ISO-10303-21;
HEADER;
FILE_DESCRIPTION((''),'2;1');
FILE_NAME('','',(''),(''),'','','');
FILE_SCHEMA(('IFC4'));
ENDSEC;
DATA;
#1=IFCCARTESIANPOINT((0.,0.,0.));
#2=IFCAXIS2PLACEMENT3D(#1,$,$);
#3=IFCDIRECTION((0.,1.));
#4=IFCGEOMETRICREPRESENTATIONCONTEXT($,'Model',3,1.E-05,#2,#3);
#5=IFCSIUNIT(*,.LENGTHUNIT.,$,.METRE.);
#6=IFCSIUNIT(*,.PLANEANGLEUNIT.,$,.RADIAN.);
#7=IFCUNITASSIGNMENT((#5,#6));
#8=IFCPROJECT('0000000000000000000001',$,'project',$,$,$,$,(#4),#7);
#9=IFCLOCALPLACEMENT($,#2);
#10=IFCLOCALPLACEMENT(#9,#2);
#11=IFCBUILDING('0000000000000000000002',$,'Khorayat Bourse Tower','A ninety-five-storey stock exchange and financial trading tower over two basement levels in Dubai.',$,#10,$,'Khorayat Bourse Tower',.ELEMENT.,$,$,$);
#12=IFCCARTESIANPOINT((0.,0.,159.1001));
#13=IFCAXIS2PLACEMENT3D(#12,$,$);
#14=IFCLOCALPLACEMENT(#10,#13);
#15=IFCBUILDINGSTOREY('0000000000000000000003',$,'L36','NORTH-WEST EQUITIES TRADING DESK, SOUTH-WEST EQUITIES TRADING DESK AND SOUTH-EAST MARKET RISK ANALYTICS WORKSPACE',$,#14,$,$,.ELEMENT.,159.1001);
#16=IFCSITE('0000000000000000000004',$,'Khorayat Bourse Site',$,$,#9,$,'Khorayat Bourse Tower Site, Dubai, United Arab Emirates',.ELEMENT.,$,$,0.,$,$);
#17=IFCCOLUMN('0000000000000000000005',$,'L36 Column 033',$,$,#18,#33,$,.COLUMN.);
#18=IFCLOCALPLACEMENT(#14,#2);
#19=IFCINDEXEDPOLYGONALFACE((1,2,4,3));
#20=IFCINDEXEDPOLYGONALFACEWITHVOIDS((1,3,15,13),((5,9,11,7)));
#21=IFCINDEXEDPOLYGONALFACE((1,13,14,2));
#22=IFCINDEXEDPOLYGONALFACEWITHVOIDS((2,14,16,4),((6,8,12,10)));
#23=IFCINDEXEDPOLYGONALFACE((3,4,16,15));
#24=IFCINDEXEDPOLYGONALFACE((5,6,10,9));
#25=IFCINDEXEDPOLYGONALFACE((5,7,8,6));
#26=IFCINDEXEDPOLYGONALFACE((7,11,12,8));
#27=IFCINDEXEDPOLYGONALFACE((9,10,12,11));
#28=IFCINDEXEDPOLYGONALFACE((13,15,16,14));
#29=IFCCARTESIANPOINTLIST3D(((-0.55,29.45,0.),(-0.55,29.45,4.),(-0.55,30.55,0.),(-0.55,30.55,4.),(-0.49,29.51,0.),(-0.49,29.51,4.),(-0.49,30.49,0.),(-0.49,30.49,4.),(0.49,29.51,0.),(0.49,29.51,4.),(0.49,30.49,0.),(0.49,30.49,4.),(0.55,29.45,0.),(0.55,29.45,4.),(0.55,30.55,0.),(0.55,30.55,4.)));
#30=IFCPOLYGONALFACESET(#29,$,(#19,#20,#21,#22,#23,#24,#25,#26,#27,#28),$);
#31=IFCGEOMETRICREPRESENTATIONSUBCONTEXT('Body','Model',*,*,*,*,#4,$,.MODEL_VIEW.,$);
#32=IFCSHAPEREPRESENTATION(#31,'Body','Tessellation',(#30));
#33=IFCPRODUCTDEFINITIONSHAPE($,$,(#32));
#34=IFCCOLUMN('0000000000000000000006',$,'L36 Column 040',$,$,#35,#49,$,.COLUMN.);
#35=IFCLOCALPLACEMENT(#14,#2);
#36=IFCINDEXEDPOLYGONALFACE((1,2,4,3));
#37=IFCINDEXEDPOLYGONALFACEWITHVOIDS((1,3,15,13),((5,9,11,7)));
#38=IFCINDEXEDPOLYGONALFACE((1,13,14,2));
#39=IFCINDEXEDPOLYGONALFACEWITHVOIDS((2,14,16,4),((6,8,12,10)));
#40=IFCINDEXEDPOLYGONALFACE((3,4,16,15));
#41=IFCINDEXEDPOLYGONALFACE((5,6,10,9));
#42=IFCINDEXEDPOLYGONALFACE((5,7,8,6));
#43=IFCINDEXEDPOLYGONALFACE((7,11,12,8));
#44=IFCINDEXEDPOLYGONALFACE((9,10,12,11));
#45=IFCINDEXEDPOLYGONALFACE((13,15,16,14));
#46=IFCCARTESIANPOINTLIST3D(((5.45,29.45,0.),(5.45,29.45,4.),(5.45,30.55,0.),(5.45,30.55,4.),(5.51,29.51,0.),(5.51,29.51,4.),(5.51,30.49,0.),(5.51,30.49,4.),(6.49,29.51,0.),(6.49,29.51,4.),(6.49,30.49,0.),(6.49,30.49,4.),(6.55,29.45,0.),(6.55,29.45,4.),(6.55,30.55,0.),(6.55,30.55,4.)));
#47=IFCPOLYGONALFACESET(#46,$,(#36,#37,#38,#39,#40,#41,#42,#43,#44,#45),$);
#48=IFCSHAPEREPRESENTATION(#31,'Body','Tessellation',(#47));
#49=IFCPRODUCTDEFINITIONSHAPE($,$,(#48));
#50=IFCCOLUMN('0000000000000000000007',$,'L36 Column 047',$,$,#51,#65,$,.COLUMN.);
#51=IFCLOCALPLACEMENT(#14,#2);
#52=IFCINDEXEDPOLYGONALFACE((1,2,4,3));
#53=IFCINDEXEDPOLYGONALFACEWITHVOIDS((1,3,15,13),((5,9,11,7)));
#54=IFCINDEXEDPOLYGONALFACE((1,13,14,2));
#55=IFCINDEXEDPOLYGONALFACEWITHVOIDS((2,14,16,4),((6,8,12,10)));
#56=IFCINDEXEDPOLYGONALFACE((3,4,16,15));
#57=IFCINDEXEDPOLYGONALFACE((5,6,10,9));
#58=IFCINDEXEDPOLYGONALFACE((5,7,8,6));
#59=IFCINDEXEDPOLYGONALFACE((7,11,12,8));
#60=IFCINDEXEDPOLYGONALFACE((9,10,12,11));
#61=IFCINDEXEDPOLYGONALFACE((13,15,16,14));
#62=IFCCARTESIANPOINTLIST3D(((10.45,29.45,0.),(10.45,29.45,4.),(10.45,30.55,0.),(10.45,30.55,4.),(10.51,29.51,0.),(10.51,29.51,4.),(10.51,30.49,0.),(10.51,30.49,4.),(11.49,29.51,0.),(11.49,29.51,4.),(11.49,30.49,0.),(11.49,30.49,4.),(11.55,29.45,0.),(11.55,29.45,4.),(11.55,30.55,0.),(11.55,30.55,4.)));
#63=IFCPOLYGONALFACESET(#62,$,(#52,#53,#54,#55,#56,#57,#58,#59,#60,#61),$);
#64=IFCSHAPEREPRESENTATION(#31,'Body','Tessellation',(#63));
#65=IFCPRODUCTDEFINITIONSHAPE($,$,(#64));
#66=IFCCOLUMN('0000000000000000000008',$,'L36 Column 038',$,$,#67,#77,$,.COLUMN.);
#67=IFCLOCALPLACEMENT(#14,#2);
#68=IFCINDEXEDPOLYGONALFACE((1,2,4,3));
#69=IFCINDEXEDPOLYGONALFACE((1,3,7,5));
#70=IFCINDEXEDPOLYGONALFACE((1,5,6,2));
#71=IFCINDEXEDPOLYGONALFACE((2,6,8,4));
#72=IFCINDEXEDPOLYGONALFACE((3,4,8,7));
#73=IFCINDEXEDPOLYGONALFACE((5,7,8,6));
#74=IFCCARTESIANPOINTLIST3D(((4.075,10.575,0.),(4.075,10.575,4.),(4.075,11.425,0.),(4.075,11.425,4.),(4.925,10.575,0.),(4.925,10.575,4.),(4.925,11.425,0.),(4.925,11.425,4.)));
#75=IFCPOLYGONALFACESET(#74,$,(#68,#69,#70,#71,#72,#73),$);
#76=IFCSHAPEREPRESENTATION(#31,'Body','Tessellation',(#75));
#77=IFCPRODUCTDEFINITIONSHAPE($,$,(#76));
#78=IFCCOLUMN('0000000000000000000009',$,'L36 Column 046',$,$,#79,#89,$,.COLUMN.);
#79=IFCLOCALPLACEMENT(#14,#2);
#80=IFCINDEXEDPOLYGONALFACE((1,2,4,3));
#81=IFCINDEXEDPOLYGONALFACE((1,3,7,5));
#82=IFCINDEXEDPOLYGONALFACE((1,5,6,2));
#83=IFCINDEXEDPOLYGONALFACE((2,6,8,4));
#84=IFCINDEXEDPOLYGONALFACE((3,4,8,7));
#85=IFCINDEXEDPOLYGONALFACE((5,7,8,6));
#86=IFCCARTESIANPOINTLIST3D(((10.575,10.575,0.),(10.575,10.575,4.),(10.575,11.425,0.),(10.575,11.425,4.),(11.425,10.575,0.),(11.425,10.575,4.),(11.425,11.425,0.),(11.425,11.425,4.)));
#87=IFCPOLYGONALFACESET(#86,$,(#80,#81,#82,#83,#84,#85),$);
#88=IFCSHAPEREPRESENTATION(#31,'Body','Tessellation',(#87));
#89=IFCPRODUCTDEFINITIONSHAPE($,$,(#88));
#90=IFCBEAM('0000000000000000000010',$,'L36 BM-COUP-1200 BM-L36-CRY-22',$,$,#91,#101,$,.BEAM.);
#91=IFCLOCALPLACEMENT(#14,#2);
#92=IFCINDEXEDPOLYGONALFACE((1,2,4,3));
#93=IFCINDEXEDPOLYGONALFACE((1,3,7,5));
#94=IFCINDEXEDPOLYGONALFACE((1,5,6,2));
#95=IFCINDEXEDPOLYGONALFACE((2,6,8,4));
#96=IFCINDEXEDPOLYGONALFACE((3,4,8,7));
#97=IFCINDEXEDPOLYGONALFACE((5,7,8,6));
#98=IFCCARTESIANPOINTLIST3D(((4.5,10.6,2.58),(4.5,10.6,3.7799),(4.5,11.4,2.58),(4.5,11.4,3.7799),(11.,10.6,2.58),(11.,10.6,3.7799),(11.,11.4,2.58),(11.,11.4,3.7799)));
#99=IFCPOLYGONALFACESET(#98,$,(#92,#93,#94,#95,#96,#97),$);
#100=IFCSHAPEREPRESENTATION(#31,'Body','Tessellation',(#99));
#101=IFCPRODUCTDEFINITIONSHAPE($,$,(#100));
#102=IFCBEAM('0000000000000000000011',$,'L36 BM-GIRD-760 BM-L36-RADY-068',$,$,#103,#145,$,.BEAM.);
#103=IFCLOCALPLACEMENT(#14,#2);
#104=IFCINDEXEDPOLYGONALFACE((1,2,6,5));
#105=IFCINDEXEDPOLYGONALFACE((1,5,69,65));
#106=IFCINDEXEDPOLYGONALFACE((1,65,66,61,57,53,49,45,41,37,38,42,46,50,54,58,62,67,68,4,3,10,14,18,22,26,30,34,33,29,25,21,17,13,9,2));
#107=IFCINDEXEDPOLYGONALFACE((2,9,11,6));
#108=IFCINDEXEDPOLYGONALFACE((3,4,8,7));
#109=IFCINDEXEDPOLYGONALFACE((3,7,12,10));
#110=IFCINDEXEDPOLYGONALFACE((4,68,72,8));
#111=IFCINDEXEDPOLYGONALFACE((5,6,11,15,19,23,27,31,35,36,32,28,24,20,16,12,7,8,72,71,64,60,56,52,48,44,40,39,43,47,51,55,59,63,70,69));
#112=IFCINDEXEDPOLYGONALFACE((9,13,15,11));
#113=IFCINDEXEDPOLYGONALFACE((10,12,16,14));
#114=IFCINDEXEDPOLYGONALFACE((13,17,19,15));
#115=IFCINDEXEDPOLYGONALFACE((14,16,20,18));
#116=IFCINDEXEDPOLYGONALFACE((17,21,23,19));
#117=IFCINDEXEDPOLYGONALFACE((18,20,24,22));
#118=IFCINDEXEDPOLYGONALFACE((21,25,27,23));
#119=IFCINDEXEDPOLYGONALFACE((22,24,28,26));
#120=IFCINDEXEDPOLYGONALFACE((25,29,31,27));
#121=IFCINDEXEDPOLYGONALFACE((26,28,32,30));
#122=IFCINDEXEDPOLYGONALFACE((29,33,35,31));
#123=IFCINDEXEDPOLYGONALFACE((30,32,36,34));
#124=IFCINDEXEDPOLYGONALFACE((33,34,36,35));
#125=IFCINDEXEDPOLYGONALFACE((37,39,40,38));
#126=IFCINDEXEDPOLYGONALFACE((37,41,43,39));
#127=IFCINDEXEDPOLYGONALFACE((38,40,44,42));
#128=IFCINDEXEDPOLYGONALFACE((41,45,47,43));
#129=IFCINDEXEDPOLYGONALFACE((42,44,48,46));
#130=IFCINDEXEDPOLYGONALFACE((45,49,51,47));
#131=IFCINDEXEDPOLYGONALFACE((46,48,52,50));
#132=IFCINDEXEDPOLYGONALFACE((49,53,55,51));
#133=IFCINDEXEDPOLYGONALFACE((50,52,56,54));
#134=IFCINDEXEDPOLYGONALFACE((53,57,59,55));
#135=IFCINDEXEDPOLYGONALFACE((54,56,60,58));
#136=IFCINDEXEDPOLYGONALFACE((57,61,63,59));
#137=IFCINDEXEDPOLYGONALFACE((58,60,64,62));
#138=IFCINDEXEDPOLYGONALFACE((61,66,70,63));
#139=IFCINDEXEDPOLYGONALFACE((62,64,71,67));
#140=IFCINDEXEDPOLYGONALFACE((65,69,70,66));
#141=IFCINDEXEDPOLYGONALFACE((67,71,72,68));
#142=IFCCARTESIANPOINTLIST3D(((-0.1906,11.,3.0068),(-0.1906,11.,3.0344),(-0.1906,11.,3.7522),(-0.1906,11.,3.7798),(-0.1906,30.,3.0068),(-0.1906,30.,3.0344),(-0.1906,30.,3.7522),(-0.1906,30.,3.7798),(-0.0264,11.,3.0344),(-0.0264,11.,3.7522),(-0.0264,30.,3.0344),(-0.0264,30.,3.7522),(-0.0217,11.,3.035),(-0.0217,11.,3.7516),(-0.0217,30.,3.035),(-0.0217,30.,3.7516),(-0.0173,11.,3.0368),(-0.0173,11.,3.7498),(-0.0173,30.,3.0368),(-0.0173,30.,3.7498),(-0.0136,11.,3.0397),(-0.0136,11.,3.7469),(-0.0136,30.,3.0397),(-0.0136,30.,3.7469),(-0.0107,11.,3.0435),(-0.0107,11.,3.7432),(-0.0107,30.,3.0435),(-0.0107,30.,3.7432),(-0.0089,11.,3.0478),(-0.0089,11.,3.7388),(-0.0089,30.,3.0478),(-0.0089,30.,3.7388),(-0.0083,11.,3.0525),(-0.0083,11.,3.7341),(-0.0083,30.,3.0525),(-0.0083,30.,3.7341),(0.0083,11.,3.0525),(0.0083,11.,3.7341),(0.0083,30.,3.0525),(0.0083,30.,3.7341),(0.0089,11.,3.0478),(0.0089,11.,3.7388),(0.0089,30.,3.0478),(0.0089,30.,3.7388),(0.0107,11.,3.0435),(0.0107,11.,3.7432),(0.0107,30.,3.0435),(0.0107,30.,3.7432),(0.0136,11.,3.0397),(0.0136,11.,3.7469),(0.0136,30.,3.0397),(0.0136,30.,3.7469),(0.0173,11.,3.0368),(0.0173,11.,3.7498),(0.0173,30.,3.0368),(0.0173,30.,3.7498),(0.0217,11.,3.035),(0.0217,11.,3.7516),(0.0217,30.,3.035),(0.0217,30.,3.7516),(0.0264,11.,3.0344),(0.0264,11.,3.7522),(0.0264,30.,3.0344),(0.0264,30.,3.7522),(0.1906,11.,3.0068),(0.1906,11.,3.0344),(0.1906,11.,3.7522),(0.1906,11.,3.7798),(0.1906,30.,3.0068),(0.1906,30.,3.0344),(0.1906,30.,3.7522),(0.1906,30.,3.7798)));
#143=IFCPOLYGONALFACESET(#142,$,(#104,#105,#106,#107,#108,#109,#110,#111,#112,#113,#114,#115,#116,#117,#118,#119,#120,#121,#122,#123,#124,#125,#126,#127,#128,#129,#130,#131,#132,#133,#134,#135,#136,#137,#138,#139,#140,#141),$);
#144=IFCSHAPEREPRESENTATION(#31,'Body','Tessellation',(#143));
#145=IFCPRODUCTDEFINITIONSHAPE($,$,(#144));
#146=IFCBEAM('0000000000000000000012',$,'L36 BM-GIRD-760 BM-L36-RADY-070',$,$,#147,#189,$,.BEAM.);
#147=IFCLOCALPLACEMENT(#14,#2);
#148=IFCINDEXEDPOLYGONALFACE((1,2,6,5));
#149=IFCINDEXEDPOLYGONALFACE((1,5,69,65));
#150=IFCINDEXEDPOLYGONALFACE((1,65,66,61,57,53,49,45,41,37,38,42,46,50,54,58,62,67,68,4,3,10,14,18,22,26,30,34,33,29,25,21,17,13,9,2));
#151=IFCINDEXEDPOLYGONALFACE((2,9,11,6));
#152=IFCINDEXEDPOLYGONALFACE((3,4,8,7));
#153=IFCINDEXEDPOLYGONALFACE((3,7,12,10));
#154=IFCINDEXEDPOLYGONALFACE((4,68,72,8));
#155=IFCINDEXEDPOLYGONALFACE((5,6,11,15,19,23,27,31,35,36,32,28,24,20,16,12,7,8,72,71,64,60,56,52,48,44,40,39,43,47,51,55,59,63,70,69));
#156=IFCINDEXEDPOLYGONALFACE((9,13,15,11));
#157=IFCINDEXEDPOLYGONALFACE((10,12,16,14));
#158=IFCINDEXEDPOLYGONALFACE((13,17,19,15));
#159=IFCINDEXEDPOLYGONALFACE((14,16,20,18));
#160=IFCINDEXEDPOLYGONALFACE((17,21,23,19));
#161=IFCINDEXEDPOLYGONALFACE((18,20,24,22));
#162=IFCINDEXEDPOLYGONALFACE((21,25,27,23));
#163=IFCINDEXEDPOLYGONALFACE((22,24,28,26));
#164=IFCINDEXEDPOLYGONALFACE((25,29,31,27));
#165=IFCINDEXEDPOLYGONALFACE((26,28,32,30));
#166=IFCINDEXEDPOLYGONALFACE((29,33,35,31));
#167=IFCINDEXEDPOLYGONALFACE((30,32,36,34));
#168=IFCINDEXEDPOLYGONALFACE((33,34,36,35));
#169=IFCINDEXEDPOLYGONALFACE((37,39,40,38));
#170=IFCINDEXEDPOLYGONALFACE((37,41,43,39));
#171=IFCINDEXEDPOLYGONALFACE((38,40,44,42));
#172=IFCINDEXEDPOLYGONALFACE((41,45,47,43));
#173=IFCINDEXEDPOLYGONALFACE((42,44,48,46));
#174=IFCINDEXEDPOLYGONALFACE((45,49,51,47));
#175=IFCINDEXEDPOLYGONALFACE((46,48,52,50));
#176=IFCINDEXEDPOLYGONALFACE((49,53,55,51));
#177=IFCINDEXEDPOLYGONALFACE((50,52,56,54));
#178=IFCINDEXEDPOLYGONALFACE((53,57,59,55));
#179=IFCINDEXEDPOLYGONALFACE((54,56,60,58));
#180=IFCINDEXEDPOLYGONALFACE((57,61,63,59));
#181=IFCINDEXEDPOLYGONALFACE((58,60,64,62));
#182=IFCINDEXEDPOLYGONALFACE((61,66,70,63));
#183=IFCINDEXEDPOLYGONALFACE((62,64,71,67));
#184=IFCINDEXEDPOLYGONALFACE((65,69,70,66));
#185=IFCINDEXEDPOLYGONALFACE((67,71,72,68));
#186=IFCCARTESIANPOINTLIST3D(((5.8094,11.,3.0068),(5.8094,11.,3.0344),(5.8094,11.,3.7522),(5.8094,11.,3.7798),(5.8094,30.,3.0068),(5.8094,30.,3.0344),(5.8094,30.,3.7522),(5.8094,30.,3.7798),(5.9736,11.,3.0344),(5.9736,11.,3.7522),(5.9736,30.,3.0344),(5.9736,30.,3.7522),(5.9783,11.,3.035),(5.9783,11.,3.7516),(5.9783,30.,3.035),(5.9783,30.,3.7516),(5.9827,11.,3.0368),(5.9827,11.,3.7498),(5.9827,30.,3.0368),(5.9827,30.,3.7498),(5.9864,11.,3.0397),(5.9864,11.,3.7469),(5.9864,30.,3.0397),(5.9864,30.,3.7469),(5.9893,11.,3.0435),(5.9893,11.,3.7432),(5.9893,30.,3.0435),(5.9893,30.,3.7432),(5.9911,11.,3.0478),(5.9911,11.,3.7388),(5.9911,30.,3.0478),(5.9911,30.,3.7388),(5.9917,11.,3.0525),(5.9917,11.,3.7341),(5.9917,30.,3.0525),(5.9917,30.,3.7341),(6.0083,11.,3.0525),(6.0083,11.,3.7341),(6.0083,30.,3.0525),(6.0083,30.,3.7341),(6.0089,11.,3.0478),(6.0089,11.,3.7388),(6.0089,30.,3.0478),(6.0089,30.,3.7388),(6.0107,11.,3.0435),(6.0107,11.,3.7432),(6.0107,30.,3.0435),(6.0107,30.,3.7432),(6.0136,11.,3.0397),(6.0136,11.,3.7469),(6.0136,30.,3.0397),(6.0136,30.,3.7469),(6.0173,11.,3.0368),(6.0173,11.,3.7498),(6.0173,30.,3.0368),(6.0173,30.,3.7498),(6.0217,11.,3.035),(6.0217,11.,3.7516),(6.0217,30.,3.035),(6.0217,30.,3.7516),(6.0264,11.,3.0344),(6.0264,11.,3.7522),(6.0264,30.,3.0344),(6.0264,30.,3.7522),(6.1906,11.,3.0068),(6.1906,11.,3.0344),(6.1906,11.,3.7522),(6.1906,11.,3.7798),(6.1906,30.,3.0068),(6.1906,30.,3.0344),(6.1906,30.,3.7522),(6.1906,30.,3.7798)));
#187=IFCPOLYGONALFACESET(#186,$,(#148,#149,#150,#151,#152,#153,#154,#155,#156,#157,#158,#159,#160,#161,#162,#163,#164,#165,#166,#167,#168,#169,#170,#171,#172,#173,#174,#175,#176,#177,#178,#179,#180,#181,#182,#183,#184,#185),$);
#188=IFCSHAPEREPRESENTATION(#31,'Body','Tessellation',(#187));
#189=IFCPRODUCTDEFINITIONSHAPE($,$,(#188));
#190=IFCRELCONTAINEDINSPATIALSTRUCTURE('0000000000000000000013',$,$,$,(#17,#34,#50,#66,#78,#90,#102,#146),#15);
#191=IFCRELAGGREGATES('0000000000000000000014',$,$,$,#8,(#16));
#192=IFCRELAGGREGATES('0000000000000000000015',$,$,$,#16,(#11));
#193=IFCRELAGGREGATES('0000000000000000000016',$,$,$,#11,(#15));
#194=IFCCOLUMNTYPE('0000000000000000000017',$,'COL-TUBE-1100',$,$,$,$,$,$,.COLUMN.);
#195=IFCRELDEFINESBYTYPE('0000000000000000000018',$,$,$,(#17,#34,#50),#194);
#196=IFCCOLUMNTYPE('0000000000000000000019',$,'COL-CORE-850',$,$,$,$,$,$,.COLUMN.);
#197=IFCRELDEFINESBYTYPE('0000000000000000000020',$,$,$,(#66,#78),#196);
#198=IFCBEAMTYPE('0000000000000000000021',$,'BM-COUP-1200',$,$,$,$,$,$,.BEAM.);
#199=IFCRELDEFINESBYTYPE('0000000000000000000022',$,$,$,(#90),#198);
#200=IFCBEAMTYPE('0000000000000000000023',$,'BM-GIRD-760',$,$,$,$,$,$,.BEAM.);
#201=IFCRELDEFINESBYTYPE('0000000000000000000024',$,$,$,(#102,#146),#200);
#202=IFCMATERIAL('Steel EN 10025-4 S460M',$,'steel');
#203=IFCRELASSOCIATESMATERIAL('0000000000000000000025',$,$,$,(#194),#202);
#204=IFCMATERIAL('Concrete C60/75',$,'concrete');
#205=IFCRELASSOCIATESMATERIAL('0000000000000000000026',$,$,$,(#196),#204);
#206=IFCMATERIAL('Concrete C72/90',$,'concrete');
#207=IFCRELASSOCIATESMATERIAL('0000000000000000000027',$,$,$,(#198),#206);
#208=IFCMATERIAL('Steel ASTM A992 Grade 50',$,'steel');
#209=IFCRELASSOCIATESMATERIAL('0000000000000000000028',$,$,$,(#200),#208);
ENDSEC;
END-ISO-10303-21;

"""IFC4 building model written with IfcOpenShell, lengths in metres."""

from ifc_helpers import new_model, si_unit, direction, frame, origin, origin_2d, place, context, subcontext, project, spatial, rectangle, hollow_rectangle, i_section, extrude, source, transform, mapped, material, material_profile, profile_set, type_object, element, save


model = new_model("IFC4")

# Units and contexts
model_context = context("Model", 3, precision=1e-05, world=origin(), true_north=direction((0.0, 1.0)))
body_context = subcontext(model_context, "Body", "Model", "MODEL_VIEW")
ifc_project = project(units=[si_unit("LENGTHUNIT", "METRE"), si_unit("PLANEANGLEUNIT", "RADIAN")], contexts=[model_context])

# Site, building, storey
site_placement = place(None, origin())
site = spatial("IfcSite", under=ifc_project, at=site_placement, Name="Khorayat Bourse Site", LongName="Khorayat Bourse Tower Site, Dubai, United Arab Emirates", CompositionType="ELEMENT", RefElevation=0.0)
building_placement = place(site_placement, origin())
building = spatial("IfcBuilding", under=site, at=building_placement, Name="Khorayat Bourse Tower", Description="A ninety-five-storey stock exchange and financial trading tower over two basement levels in Dubai.", LongName="Khorayat Bourse Tower", CompositionType="ELEMENT")
storey_placement = place(building_placement, frame((0.0, 0.0, 159.1001)))
storey = spatial("IfcBuildingStorey", under=building, at=storey_placement, Name="L36", Description="NORTH-WEST EQUITIES TRADING DESK, SOUTH-WEST EQUITIES TRADING DESK AND SOUTH-EAST MARKET RISK ANALYTICS WORKSPACE", CompositionType="ELEMENT", Elevation=159.1001)

# Columns
ifc_material_1 = material(Name="Steel EN 10025-4 S460M", Category="steel")
ifc_material_profile_1 = material_profile(ifc_material_1, hollow_rectangle(XDim=1.1001, YDim=1.1001, WallThickness=0.0601, at=origin_2d()), Name="BOX 1100x1100x60")
ifc_profile_set_1 = profile_set([ifc_material_profile_1], Name="Steel EN 10025-4 S460M")
column_type_1 = type_object("IfcColumnType", Name="COL-TUBE-1100", PredefinedType="COLUMN", material=ifc_profile_set_1)
shared_shape_1 = source(origin(), body_context, "Body", "SweptSolid", [
    extrude(hollow_rectangle(XDim=1.1001, YDim=1.1001, WallThickness=0.0601, at=origin_2d()), origin(), (0.0, 0.0, 1.0), 4.0),
])
for number, where, z_axis, x_axis, name in (
    (1, (0.0, 30.0, 0.0), (0.0, 0.0, 1.0), (1.0, 0.0, 0.0), "L36 Column 033"),
    (2, (6.0, 30.0, 0.0), (0.0, 0.0, 1.0), (1.0, 0.0, 0.0), "L36 Column 040"),
    (3, (11.0, 30.0, 0.0), (0.0, 0.0, 1.0), (1.0, 0.0, 0.0), "L36 Column 047"),
):
    element("IfcColumn", number, at=place(storey_placement, frame(where, z_axis=z_axis, x_axis=x_axis)), inside=storey, type_object=column_type_1, Name=name, PredefinedType="COLUMN", context=body_context, shape_type="MappedRepresentation", body=[
        mapped(shared_shape_1, transform((0.0, 0.0, 0.0), scale=1.0)),
    ])
ifc_material_2 = material(Name="Concrete C60/75", Category="concrete")
ifc_material_profile_2 = material_profile(ifc_material_2, rectangle(XDim=0.8501, YDim=0.8501, at=origin_2d()), Name="RC 850x850")
ifc_profile_set_2 = profile_set([ifc_material_profile_2], Name="Concrete C60/75")
column_type_2 = type_object("IfcColumnType", Name="COL-CORE-850", PredefinedType="COLUMN", material=ifc_profile_set_2)
shared_shape_2 = source(origin(), body_context, "Body", "SweptSolid", [
    extrude(rectangle(XDim=0.8501, YDim=0.8501, at=origin_2d()), origin(), (0.0, 0.0, 1.0), 4.0),
])
for number, where, z_axis, x_axis, name in (
    (4, (4.5, 11.0, 0.0), (0.0, 0.0, 1.0), (1.0, 0.0, 0.0), "L36 Column 038"),
    (5, (11.0, 11.0, 0.0), (0.0, 0.0, 1.0), (1.0, 0.0, 0.0), "L36 Column 046"),
):
    element("IfcColumn", number, at=place(storey_placement, frame(where, z_axis=z_axis, x_axis=x_axis)), inside=storey, type_object=column_type_2, Name=name, PredefinedType="COLUMN", context=body_context, shape_type="MappedRepresentation", body=[
        mapped(shared_shape_2, transform((0.0, 0.0, 0.0), scale=1.0)),
    ])

# Beams
ifc_material_3 = material(Name="Concrete C72/90", Category="concrete")
ifc_material_profile_3 = material_profile(ifc_material_3, rectangle(XDim=0.8, YDim=1.2, at=origin_2d()), Name="RC 800x1200")
ifc_profile_set_3 = profile_set([ifc_material_profile_3], Name="Concrete C72/90")
beam_type_1 = type_object("IfcBeamType", Name="BM-COUP-1200", PredefinedType="BEAM", material=ifc_profile_set_3)
shared_shape_3 = source(origin(), body_context, "Body", "SweptSolid", [
    extrude(rectangle(XDim=0.8, YDim=1.2, at=origin_2d()), origin(), (0.0, 0.0, 1.0), 6.5),
])
beam_1_placement = place(storey_placement, frame((4.5, 11.0, 3.1799), z_axis=(1.0, 0.0, 0.0), x_axis=(0.0, 1.0, 0.0)))
element("IfcBeam", 6, at=beam_1_placement, inside=storey, type_object=beam_type_1, Name="L36 BM-COUP-1200 BM-L36-CRY-22", PredefinedType="BEAM", context=body_context, shape_type="MappedRepresentation", body=[
    mapped(shared_shape_3, transform((0.0, 0.0, 0.0), scale=1.0)),
])
ifc_material_4 = material(Name="Steel ASTM A992 Grade 50", Category="steel")
ifc_material_profile_4 = material_profile(ifc_material_4, i_section(OverallWidth=0.3811, OverallDepth=0.7729, WebThickness=0.0166, FlangeThickness=0.0276, FilletRadius=0.0181, at=origin_2d()), Name="W760X257")
ifc_profile_set_4 = profile_set([ifc_material_profile_4], Name="Steel ASTM A992 Grade 50")
beam_type_2 = type_object("IfcBeamType", Name="BM-GIRD-760", PredefinedType="BEAM", material=ifc_profile_set_4)
shared_shape_4 = source(origin(), body_context, "Body", "SweptSolid", [
    extrude(i_section(OverallWidth=0.3811, OverallDepth=0.7729, WebThickness=0.0166, FlangeThickness=0.0276, FilletRadius=0.0181, at=origin_2d()), origin(), (0.0, 0.0, 1.0), 19.0),
])
for number, where, z_axis, x_axis, name in (
    (7, (0.0, 11.0, 3.3933), (0.0, 1.0, 0.0), (-1.0, 0.0, 0.0), "L36 BM-GIRD-760 BM-L36-RADY-068"),
    (8, (6.0, 11.0, 3.3933), (0.0, 1.0, 0.0), (-1.0, 0.0, 0.0), "L36 BM-GIRD-760 BM-L36-RADY-070"),
):
    element("IfcBeam", number, at=place(storey_placement, frame(where, z_axis=z_axis, x_axis=x_axis)), inside=storey, type_object=beam_type_2, Name=name, PredefinedType="BEAM", context=body_context, shape_type="MappedRepresentation", body=[
        mapped(shared_shape_4, transform((0.0, 0.0, 0.0), scale=1.0)),
    ])

save(model, "model.ifc")
